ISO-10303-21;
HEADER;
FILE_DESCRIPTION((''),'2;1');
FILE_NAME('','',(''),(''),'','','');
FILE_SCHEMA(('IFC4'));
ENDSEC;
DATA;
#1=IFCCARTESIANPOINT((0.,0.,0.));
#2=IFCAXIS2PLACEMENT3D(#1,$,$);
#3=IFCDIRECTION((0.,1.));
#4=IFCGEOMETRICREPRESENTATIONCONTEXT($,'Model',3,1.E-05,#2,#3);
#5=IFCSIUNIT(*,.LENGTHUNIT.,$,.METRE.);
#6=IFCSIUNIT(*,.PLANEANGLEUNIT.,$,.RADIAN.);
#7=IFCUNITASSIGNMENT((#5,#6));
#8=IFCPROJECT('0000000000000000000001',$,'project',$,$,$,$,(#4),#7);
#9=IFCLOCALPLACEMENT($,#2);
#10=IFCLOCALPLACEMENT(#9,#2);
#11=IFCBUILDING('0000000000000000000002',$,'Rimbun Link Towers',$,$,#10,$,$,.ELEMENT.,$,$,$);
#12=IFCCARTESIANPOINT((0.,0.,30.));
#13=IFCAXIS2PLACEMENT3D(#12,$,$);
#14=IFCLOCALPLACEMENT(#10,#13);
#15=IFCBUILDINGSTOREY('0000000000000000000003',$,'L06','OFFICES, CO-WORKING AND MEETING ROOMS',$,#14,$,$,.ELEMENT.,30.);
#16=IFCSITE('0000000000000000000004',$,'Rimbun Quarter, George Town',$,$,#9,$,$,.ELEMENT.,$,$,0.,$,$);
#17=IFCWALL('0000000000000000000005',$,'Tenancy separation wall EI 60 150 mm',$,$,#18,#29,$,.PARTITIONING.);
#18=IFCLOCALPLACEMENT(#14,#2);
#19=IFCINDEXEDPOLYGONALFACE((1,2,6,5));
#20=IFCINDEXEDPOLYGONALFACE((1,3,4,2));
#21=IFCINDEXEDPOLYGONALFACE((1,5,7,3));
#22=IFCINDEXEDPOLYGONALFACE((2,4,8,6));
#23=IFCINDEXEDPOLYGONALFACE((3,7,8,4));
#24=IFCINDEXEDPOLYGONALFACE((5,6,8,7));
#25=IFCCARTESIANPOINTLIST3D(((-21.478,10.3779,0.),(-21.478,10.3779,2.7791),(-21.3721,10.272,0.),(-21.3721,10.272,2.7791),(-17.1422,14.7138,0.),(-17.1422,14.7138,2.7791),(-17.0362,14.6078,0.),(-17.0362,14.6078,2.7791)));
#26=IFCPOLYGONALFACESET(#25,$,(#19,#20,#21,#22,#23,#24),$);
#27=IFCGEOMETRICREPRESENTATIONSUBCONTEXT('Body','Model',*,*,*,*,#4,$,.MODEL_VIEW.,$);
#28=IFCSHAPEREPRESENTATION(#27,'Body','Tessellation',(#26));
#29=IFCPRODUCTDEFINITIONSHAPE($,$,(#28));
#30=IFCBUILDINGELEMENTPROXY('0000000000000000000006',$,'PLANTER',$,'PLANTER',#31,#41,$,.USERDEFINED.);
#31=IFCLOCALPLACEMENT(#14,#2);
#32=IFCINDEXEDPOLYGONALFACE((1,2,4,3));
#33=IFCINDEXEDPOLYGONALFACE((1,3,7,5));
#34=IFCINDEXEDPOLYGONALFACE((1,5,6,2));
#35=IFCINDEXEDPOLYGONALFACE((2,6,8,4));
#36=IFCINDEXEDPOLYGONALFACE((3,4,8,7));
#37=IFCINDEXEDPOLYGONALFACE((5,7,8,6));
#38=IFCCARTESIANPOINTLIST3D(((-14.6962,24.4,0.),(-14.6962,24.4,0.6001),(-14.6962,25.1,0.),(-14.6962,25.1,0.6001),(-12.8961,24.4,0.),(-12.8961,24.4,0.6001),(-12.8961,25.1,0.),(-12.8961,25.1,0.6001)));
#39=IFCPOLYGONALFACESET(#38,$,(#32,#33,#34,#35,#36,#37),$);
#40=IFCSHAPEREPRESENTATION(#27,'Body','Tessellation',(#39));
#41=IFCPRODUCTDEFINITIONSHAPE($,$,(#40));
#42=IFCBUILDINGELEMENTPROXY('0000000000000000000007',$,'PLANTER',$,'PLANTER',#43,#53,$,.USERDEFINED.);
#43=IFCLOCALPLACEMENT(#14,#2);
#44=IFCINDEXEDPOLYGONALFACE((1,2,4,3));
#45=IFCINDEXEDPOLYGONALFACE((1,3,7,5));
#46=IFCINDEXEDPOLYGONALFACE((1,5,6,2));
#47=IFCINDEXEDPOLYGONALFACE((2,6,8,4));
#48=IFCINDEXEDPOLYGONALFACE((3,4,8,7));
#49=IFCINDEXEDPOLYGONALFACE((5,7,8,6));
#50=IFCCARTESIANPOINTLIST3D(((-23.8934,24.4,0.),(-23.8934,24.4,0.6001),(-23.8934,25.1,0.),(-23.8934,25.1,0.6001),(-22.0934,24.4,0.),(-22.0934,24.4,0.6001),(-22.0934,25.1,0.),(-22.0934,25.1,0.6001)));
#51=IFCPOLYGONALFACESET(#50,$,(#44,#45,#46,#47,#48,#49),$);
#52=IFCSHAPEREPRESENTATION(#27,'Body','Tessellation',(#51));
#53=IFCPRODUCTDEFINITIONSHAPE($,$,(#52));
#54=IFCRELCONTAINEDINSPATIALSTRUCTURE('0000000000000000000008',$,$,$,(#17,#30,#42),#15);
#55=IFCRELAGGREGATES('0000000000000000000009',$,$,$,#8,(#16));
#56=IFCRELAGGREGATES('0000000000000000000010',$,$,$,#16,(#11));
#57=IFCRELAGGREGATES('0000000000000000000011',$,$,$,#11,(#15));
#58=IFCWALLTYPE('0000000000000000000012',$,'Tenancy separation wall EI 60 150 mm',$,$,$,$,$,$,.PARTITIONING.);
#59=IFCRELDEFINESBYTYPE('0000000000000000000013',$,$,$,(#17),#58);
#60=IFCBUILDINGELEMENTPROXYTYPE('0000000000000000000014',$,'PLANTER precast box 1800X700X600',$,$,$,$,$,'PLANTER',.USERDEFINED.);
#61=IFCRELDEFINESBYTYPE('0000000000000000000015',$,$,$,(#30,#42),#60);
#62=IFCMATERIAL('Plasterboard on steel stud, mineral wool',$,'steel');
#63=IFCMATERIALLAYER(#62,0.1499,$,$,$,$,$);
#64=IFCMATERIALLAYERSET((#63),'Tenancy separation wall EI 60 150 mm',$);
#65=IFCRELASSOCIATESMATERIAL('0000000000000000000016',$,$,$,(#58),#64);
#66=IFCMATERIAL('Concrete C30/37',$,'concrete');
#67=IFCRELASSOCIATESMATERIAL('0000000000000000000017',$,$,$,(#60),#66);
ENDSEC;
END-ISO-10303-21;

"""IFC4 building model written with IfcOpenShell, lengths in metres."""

from ifc_helpers import new_model, si_unit, direction, frame, frame_2d, origin, origin_2d, place, context, subcontext, project, spatial, rectangle, extrude, material, layer, layer_set, type_object, element, save


model = new_model("IFC4")

# Units and contexts
model_context = context("Model", 3, precision=1e-05, world=origin(), true_north=direction((0.0, 1.0)))
body_context = subcontext(model_context, "Body", "Model", "MODEL_VIEW")
ifc_project = project(units=[si_unit("LENGTHUNIT", "METRE"), si_unit("PLANEANGLEUNIT", "RADIAN")], contexts=[model_context])

# Site, building, storey
site_placement = place(None, origin())
site = spatial("IfcSite", under=ifc_project, at=site_placement, Name="Rimbun Quarter, George Town", CompositionType="ELEMENT", RefElevation=0.0)
building_placement = place(site_placement, origin())
building = spatial("IfcBuilding", under=site, at=building_placement, Name="Rimbun Link Towers", CompositionType="ELEMENT")
storey_placement = place(building_placement, frame((0.0, 0.0, 30.0)))
storey = spatial("IfcBuildingStorey", under=building, at=storey_placement, Name="L06", Description="OFFICES, CO-WORKING AND MEETING ROOMS", CompositionType="ELEMENT", Elevation=30.0)

# Wall
ifc_material_1 = material(Name="Plasterboard on steel stud, mineral wool", Category="steel")
ifc_layer_1 = layer(ifc_material_1, 0.1499)
ifc_layer_set_1 = layer_set([ifc_layer_1], Name="Tenancy separation wall EI 60 150 mm")
wall_type_1 = type_object("IfcWallType", Name="Tenancy separation wall EI 60 150 mm", PredefinedType="PARTITIONING", material=ifc_layer_set_1)
wall_1_placement = place(storey_placement, frame((-21.425, 10.325, 0.0), z_axis=(0.0, 0.0, 1.0), x_axis=(0.707107, 0.707107, 0.0)))
element("IfcWall", 1, at=wall_1_placement, inside=storey, type_object=wall_type_1, Name="Tenancy separation wall EI 60 150 mm", PredefinedType="PARTITIONING", context=body_context, shape_type="SweptSolid", body=[
    extrude(rectangle(XDim=6.1318, YDim=0.1499, at=frame_2d((3.0659, 0.0))), origin(), (0.0, 0.0, 1.0), 2.7791),
])

# Building element proxies
ifc_material_2 = material(Name="Concrete C30/37", Category="concrete")
building_element_proxy_type = type_object("IfcBuildingElementProxyType", Name="PLANTER precast box 1800X700X600", ElementType="PLANTER", PredefinedType="USERDEFINED", material=ifc_material_2)
for number, where, z_axis, x_axis, name in (
    (2, (-13.7961, 24.75, 0.0), (0.0, 0.0, 1.0), (-1.0, 0.0, 0.0), "PLANTER"),
    (3, (-22.9934, 24.75, 0.0), (0.0, 0.0, 1.0), (-1.0, 0.0, 0.0), "PLANTER"),
):
    element("IfcBuildingElementProxy", number, at=place(storey_placement, frame(where, z_axis=z_axis, x_axis=x_axis)), inside=storey, type_object=building_element_proxy_type, Name=name, ObjectType="PLANTER", PredefinedType="USERDEFINED", context=body_context, shape_type="SweptSolid", body=[
        extrude(rectangle(XDim=1.8, YDim=0.7, at=origin_2d()), origin(), (0.0, 0.0, 1.0), 0.6001),
    ])

save(model, "model.ifc")
